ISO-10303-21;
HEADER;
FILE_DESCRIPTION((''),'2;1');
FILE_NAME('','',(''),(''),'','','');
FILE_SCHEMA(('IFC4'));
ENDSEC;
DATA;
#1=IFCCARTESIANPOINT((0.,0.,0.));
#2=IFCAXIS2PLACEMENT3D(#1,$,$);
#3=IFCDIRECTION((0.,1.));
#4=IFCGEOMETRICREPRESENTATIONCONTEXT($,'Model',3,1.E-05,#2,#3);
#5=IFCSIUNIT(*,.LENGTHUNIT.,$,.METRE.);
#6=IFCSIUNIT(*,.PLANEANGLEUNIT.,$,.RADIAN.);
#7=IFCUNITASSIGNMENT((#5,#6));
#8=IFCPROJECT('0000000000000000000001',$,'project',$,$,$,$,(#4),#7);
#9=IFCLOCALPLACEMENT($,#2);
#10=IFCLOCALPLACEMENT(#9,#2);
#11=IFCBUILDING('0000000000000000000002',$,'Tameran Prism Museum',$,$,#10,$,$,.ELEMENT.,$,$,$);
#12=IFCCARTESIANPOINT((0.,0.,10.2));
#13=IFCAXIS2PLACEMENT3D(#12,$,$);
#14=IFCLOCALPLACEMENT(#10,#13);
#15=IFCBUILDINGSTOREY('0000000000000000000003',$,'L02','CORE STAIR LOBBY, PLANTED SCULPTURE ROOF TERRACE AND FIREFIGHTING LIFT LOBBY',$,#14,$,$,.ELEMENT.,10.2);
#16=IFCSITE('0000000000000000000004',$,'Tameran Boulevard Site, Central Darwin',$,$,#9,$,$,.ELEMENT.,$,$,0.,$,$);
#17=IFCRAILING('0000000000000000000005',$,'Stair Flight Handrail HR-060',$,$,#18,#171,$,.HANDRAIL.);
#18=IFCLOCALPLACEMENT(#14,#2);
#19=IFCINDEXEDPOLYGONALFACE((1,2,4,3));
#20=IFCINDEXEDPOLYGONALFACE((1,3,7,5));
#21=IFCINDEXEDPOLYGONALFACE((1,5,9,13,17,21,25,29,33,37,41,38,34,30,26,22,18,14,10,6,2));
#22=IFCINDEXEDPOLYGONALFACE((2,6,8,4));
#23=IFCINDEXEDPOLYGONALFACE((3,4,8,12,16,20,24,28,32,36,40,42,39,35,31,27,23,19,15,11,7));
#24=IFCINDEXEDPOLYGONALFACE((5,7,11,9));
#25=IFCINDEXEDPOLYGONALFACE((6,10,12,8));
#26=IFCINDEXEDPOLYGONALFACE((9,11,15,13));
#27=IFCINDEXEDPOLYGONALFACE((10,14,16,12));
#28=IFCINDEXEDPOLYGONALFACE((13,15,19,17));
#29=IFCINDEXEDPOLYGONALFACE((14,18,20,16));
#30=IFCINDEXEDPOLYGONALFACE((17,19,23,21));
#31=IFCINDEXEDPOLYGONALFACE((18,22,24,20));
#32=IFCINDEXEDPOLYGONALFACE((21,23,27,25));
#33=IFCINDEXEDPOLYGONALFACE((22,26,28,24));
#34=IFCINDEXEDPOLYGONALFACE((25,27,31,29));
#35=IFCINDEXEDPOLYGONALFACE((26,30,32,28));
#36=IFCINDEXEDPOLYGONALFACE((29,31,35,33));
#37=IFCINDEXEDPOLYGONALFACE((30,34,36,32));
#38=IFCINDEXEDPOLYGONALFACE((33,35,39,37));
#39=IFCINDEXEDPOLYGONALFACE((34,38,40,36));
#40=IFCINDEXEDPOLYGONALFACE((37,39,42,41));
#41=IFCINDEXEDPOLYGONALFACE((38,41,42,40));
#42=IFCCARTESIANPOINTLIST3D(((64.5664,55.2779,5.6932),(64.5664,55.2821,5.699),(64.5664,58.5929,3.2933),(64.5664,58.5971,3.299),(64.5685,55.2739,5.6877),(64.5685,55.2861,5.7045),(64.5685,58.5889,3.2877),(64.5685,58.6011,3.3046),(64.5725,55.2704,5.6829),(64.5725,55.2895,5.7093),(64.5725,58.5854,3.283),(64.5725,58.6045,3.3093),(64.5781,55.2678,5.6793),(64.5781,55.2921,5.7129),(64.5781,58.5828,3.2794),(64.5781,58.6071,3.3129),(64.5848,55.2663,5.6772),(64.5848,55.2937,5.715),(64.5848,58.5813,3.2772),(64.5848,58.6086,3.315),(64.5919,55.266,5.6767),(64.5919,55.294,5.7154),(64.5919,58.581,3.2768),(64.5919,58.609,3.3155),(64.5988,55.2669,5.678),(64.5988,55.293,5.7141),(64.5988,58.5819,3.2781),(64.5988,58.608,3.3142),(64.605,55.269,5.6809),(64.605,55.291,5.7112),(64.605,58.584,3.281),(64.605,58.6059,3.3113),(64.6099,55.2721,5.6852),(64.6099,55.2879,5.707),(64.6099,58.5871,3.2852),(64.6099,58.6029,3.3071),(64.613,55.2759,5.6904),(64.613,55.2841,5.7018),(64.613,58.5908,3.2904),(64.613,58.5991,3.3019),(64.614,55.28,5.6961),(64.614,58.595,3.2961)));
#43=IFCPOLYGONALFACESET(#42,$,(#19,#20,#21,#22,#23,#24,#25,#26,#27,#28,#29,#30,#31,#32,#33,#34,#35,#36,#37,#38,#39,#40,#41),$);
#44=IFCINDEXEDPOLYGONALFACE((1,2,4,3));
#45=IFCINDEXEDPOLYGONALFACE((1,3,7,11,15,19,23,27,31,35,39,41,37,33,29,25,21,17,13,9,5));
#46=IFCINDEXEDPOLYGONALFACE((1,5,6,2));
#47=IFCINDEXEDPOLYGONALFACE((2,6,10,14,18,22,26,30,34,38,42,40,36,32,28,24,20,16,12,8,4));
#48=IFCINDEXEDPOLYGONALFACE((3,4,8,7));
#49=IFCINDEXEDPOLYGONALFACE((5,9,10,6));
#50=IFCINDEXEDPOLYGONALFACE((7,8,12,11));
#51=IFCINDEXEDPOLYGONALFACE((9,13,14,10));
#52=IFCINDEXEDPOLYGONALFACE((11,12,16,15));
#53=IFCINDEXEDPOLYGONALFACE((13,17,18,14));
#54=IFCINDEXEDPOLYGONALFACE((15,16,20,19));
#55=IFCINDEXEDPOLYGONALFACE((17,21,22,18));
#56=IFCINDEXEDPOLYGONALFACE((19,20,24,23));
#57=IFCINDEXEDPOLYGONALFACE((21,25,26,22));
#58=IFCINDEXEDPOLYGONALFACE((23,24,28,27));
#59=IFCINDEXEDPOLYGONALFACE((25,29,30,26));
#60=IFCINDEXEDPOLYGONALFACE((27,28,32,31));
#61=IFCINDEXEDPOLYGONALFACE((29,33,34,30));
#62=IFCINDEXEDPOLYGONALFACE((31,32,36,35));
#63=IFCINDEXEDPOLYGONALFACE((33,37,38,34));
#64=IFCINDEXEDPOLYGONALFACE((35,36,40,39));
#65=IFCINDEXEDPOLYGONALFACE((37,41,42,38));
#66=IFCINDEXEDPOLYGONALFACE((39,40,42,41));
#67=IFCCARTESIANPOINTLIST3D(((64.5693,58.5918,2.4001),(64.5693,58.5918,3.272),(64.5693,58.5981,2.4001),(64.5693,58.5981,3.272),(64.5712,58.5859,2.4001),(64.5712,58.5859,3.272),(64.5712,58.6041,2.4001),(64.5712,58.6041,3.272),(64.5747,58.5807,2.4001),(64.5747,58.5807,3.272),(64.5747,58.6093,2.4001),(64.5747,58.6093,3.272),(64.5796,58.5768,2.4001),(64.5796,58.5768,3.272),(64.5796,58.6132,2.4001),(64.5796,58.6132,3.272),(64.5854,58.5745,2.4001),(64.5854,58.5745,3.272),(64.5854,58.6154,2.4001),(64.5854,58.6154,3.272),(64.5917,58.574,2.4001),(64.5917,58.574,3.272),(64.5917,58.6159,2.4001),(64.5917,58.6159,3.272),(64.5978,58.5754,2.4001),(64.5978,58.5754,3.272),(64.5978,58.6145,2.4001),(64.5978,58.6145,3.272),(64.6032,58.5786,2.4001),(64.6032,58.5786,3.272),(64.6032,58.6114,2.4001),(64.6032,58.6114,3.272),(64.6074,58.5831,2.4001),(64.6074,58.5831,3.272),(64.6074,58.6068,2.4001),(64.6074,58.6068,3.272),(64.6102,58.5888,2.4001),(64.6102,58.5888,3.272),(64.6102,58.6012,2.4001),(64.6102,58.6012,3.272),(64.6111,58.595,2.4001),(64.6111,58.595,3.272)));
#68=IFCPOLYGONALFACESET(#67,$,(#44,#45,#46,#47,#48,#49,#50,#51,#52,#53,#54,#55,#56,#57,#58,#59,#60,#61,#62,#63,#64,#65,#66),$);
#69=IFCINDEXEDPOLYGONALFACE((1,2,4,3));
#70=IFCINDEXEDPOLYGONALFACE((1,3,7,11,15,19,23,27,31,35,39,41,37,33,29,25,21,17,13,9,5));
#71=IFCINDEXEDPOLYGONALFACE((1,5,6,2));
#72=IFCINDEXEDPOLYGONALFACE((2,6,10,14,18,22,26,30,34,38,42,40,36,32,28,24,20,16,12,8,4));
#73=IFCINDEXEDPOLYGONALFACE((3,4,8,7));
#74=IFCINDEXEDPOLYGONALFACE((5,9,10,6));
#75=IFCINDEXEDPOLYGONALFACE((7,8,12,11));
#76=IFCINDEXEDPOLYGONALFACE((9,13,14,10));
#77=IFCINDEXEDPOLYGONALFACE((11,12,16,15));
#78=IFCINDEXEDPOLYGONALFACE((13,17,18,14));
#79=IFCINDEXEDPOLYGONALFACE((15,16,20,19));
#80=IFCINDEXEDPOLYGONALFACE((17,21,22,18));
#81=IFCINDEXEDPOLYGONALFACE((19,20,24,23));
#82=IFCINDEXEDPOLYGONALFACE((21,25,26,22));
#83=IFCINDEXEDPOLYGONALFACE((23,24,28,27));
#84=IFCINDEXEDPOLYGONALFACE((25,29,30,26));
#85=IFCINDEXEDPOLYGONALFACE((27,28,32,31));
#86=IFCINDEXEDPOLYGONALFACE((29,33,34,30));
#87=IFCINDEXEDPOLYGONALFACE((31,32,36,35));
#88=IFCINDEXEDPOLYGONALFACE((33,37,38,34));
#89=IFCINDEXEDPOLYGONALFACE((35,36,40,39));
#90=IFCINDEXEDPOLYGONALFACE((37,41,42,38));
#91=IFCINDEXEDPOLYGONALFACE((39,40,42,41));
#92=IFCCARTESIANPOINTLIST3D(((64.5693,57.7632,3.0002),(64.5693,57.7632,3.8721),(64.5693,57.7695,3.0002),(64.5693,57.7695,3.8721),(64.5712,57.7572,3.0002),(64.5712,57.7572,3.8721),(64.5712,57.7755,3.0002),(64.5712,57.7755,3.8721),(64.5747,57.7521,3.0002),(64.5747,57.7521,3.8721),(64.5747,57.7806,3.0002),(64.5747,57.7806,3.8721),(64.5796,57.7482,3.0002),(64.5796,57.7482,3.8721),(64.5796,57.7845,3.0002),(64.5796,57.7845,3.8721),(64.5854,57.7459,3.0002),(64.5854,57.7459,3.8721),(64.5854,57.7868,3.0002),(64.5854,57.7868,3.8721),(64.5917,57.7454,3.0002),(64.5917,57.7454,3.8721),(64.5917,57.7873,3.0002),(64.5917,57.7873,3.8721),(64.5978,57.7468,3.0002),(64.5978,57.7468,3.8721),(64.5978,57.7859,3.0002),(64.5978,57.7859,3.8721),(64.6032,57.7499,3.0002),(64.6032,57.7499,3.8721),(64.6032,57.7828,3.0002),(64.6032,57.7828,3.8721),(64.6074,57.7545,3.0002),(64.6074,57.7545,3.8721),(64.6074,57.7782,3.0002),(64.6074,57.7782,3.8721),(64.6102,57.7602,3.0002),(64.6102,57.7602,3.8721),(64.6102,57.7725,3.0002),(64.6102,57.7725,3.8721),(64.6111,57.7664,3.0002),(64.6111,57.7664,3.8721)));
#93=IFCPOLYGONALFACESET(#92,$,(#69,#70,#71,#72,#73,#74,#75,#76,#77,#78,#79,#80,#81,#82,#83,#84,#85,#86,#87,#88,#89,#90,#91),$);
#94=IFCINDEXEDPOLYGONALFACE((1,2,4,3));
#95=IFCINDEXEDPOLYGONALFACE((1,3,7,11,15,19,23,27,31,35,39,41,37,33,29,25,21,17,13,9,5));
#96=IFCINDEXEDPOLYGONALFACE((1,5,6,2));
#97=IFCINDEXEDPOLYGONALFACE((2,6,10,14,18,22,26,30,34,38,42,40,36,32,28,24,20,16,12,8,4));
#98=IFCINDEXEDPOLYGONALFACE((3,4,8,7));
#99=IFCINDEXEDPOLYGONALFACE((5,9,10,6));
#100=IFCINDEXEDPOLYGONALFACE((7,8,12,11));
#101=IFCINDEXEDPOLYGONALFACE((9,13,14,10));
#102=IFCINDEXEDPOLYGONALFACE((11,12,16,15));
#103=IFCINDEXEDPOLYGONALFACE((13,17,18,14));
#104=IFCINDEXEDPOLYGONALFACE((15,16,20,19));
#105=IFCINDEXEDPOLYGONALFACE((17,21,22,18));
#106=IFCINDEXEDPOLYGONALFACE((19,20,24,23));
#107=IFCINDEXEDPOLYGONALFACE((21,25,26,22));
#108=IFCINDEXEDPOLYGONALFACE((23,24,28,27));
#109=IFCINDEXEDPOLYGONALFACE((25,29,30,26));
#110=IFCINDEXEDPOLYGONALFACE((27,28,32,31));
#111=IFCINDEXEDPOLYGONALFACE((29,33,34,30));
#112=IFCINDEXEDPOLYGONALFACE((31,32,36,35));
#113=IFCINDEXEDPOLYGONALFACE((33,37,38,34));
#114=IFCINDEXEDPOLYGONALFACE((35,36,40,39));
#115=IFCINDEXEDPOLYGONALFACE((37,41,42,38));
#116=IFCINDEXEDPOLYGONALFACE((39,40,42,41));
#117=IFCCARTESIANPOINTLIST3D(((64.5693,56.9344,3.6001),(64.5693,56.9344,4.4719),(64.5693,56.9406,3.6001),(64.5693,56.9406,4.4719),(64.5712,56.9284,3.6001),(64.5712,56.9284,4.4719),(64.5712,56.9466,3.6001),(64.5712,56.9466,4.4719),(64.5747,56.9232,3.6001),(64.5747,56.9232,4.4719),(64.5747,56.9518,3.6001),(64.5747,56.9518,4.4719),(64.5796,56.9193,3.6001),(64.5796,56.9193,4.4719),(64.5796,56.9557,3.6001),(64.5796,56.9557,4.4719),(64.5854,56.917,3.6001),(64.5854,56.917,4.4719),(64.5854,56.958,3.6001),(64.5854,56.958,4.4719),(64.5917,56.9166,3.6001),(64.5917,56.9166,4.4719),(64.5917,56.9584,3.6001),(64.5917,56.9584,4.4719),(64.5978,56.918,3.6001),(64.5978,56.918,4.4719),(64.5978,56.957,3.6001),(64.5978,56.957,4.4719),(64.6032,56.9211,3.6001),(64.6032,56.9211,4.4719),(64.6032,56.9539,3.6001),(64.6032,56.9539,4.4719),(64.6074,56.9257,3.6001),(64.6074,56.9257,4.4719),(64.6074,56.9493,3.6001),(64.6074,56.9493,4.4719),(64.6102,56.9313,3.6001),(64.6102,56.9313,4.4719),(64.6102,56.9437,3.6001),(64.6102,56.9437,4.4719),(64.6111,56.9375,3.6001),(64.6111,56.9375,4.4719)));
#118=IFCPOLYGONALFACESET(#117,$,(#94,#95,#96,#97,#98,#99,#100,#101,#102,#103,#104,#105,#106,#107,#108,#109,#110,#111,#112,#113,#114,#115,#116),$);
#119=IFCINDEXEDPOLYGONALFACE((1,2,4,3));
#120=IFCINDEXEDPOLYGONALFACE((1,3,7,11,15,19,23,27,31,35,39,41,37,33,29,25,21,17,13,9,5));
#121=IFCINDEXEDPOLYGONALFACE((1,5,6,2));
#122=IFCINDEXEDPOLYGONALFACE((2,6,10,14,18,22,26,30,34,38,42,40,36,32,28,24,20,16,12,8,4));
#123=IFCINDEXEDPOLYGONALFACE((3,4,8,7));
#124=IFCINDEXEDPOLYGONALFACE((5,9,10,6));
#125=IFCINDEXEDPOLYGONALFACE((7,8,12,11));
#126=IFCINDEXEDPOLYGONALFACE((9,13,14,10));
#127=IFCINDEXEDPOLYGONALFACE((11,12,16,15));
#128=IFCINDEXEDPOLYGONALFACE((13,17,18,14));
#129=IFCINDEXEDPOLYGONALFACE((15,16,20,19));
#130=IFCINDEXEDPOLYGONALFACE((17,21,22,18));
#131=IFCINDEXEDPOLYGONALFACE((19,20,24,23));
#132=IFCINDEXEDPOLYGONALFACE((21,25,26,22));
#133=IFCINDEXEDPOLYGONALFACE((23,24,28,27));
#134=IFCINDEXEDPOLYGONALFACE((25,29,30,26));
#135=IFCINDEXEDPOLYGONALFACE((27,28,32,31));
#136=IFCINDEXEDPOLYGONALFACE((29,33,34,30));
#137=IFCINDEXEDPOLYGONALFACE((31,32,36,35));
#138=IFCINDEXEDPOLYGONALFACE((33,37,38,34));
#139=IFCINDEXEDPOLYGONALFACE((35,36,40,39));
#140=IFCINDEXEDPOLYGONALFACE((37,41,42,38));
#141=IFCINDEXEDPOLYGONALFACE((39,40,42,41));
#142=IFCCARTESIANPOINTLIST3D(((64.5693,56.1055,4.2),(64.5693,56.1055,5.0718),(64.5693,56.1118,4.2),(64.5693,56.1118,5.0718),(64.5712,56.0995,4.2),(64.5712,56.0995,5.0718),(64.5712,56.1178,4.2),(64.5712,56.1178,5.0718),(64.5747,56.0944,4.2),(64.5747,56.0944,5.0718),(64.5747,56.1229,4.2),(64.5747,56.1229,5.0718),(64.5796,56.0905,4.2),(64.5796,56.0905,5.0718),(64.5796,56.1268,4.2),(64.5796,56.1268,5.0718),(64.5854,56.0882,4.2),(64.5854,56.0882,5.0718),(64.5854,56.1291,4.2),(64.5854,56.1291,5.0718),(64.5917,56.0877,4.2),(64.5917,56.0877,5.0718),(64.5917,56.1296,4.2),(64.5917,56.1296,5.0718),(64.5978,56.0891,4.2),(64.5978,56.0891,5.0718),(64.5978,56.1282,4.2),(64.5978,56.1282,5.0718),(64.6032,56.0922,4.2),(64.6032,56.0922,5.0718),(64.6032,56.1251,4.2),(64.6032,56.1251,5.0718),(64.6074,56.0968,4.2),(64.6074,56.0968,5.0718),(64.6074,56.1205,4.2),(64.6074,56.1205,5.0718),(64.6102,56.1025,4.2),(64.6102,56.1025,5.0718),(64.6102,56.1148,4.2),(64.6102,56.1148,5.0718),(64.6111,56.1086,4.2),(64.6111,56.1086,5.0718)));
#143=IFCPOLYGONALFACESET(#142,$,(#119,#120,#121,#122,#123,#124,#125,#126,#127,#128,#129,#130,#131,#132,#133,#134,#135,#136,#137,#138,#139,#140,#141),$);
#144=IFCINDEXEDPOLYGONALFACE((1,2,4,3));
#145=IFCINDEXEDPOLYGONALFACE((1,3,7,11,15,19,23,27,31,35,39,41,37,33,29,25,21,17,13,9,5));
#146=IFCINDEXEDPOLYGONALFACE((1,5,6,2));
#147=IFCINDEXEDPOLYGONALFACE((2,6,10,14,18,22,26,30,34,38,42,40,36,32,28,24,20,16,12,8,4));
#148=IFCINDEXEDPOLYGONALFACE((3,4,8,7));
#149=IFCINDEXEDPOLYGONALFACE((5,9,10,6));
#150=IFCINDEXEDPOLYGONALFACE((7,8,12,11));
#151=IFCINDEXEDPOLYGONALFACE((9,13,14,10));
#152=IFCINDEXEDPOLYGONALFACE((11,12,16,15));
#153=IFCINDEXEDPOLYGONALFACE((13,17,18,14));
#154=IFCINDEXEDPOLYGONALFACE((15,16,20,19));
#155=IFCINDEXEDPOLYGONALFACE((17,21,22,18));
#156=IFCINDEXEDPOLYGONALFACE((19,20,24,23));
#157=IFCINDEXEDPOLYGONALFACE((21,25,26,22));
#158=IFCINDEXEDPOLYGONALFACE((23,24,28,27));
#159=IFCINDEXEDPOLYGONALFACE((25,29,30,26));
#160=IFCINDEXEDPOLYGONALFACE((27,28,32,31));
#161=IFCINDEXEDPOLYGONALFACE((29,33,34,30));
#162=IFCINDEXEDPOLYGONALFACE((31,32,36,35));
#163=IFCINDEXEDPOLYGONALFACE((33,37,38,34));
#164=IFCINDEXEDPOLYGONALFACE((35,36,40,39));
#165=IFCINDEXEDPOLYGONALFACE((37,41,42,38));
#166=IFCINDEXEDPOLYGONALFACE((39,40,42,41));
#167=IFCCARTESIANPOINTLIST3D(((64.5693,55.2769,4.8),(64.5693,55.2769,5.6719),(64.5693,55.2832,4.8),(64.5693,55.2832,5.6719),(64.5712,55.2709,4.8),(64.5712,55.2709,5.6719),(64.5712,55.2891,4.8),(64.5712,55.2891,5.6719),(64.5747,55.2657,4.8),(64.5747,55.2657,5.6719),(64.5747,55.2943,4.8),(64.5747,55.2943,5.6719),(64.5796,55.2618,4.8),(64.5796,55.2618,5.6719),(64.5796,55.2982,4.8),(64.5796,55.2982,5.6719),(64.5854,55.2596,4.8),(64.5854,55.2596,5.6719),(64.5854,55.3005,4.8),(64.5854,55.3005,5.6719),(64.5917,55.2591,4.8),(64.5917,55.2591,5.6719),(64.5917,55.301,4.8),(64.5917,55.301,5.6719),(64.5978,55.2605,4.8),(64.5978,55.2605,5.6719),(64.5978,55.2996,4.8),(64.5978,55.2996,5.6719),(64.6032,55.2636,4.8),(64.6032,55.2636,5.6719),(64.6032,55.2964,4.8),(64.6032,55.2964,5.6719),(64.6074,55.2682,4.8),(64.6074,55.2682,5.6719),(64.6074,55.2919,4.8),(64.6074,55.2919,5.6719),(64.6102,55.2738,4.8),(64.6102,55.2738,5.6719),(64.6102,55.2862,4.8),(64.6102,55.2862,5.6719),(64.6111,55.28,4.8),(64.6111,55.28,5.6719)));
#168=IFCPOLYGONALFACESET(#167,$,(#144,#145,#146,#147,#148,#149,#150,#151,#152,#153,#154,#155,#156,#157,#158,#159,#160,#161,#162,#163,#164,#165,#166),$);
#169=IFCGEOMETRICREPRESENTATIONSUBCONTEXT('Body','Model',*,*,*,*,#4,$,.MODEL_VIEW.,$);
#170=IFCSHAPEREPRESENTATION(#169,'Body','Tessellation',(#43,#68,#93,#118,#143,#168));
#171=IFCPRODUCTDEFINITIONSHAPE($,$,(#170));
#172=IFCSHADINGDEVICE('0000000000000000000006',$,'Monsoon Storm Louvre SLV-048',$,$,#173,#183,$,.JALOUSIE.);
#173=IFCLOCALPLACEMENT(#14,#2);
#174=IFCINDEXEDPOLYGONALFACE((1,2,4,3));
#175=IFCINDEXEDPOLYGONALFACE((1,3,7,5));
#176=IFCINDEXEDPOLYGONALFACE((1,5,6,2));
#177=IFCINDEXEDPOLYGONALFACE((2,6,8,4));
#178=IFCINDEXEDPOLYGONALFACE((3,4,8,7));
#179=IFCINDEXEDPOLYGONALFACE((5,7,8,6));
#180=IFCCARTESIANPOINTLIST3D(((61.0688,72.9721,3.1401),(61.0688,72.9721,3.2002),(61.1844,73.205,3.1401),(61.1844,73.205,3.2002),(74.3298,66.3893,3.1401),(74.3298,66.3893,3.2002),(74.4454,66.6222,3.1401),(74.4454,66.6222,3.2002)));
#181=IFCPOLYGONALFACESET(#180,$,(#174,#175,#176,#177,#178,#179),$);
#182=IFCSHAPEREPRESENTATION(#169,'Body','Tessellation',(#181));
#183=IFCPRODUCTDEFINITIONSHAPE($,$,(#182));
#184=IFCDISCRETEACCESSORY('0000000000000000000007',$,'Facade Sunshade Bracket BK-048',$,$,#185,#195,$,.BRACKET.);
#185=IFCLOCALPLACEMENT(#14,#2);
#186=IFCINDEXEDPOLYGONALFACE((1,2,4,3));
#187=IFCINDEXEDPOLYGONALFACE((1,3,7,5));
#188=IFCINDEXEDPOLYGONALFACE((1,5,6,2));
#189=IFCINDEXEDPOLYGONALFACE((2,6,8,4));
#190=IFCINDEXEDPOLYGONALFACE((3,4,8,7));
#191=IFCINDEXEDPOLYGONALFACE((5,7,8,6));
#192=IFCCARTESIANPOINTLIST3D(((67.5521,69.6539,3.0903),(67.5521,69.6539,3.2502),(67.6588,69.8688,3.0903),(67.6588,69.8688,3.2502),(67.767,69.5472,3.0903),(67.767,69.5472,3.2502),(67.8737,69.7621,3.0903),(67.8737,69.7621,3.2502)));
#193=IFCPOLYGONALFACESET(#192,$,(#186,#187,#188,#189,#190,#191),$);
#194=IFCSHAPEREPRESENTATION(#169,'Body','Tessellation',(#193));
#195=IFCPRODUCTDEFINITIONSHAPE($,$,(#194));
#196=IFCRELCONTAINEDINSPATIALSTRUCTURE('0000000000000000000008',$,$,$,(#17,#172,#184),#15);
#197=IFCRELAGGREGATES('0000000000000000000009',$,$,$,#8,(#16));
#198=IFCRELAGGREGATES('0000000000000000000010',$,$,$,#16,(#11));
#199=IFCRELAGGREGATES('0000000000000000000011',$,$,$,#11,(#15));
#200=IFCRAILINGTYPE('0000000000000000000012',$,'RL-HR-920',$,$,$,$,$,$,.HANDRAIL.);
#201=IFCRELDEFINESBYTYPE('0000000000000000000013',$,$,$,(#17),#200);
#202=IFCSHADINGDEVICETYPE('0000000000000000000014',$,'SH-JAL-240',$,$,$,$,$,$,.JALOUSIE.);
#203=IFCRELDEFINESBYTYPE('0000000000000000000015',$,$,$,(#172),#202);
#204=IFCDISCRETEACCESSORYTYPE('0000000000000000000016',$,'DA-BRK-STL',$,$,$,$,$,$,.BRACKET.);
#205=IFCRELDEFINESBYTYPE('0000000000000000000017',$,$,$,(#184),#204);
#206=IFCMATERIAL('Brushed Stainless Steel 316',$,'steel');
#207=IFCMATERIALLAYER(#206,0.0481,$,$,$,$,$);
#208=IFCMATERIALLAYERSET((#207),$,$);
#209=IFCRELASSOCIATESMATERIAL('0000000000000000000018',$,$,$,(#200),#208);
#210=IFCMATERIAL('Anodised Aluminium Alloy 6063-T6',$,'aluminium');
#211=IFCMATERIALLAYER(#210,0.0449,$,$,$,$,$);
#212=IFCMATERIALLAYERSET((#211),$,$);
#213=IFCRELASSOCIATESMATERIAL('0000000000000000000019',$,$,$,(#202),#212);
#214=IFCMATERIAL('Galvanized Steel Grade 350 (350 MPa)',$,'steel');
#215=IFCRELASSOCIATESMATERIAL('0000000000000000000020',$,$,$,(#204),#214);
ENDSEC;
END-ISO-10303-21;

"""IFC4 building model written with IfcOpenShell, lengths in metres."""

from ifc_helpers import new_model, si_unit, direction, frame, origin, origin_2d, place, context, subcontext, project, spatial, rectangle, circle, extrude, material, layer, layer_set, type_object, element, save


model = new_model("IFC4")

# Units and contexts
model_context = context("Model", 3, precision=1e-05, world=origin(), true_north=direction((0.0, 1.0)))
body_context = subcontext(model_context, "Body", "Model", "MODEL_VIEW")
ifc_project = project(units=[si_unit("LENGTHUNIT", "METRE"), si_unit("PLANEANGLEUNIT", "RADIAN")], contexts=[model_context])

# Site, building, storey
site_placement = place(None, origin())
site = spatial("IfcSite", under=ifc_project, at=site_placement, Name="Tameran Boulevard Site, Central Darwin", CompositionType="ELEMENT", RefElevation=0.0)
building_placement = place(site_placement, origin())
building = spatial("IfcBuilding", under=site, at=building_placement, Name="Tameran Prism Museum", CompositionType="ELEMENT")
storey_placement = place(building_placement, frame((0.0, 0.0, 10.2)))
storey = spatial("IfcBuildingStorey", under=building, at=storey_placement, Name="L02", Description="CORE STAIR LOBBY, PLANTED SCULPTURE ROOF TERRACE AND FIREFIGHTING LIFT LOBBY", CompositionType="ELEMENT", Elevation=10.2)

# Railing
ifc_material_1 = material(Name="Brushed Stainless Steel 316", Category="steel")
ifc_layer_1 = layer(ifc_material_1, 0.0481)
ifc_layer_set_1 = layer_set([ifc_layer_1])
railing_type_1 = type_object("IfcRailingType", Name="RL-HR-920", PredefinedType="HANDRAIL", material=ifc_layer_set_1)
railing_1_placement = place(storey_placement, frame((64.5901, 58.595, 2.4001)))
element("IfcRailing", 1, at=railing_1_placement, inside=storey, type_object=railing_type_1, Name="Stair Flight Handrail HR-060", PredefinedType="HANDRAIL", context=body_context, shape_type="SweptSolid", body=[
    extrude(circle(Radius=0.0239, at=origin_2d()), frame((0.0, 0.0, 0.896), z_axis=(0.0, -0.810009, 0.586418), x_axis=(1.0, 0.0, 0.0)), (0.0, 0.0, 1.0), 4.0925),
    extrude(circle(Radius=0.021, at=origin_2d()), origin(), (0.0, 0.0, 1.0), 0.8718),
    extrude(circle(Radius=0.021, at=origin_2d()), frame((0.0, -0.8286, 0.6001)), (0.0, 0.0, 1.0), 0.8718),
    extrude(circle(Radius=0.021, at=origin_2d()), frame((0.0, -1.6575, 1.2)), (0.0, 0.0, 1.0), 0.8718),
    extrude(circle(Radius=0.021, at=origin_2d()), frame((0.0, -2.4863, 1.7998)), (0.0, 0.0, 1.0), 0.8718),
    extrude(circle(Radius=0.021, at=origin_2d()), frame((0.0, -3.3149, 2.3999)), (0.0, 0.0, 1.0), 0.8718),
])

# Shading device
ifc_material_2 = material(Name="Anodised Aluminium Alloy 6063-T6", Category="aluminium")
ifc_layer_2 = layer(ifc_material_2, 0.0449)
ifc_layer_set_2 = layer_set([ifc_layer_2])
shading_device_type = type_object("IfcShadingDeviceType", Name="SH-JAL-240", PredefinedType="JALOUSIE", material=ifc_layer_set_2)
shading_device_placement = place(storey_placement, frame((67.7571, 69.7971, 3.1401), z_axis=(0.0, 0.0, 1.0), x_axis=(0.895712, -0.444635, 0.0)))
element("IfcShadingDevice", 2, at=shading_device_placement, inside=storey, type_object=shading_device_type, Name="Monsoon Storm Louvre SLV-048", PredefinedType="JALOUSIE", context=body_context, shape_type="SweptSolid", body=[
    extrude(rectangle(XDim=14.8049, YDim=0.26, at=origin_2d()), origin(), (0.0, 0.0, 1.0), 0.0601),
])

# Discrete accessory
ifc_material_3 = material(Name="Galvanized Steel Grade 350 (350 MPa)", Category="steel")
discrete_accessory_type = type_object("IfcDiscreteAccessoryType", Name="DA-BRK-STL", PredefinedType="BRACKET", material=ifc_material_3)
discrete_accessory_placement = place(storey_placement, frame((67.7129, 69.708, 3.0903), z_axis=(0.0, 0.0, 1.0), x_axis=(0.895712, -0.444635, 0.0)))
element("IfcDiscreteAccessory", 3, at=discrete_accessory_placement, inside=storey, type_object=discrete_accessory_type, Name="Facade Sunshade Bracket BK-048", PredefinedType="BRACKET", context=body_context, shape_type="SweptSolid", body=[
    extrude(rectangle(XDim=0.24, YDim=0.24, at=origin_2d()), origin(), (0.0, 0.0, 1.0), 0.1599),
])

save(model, "model.ifc")
